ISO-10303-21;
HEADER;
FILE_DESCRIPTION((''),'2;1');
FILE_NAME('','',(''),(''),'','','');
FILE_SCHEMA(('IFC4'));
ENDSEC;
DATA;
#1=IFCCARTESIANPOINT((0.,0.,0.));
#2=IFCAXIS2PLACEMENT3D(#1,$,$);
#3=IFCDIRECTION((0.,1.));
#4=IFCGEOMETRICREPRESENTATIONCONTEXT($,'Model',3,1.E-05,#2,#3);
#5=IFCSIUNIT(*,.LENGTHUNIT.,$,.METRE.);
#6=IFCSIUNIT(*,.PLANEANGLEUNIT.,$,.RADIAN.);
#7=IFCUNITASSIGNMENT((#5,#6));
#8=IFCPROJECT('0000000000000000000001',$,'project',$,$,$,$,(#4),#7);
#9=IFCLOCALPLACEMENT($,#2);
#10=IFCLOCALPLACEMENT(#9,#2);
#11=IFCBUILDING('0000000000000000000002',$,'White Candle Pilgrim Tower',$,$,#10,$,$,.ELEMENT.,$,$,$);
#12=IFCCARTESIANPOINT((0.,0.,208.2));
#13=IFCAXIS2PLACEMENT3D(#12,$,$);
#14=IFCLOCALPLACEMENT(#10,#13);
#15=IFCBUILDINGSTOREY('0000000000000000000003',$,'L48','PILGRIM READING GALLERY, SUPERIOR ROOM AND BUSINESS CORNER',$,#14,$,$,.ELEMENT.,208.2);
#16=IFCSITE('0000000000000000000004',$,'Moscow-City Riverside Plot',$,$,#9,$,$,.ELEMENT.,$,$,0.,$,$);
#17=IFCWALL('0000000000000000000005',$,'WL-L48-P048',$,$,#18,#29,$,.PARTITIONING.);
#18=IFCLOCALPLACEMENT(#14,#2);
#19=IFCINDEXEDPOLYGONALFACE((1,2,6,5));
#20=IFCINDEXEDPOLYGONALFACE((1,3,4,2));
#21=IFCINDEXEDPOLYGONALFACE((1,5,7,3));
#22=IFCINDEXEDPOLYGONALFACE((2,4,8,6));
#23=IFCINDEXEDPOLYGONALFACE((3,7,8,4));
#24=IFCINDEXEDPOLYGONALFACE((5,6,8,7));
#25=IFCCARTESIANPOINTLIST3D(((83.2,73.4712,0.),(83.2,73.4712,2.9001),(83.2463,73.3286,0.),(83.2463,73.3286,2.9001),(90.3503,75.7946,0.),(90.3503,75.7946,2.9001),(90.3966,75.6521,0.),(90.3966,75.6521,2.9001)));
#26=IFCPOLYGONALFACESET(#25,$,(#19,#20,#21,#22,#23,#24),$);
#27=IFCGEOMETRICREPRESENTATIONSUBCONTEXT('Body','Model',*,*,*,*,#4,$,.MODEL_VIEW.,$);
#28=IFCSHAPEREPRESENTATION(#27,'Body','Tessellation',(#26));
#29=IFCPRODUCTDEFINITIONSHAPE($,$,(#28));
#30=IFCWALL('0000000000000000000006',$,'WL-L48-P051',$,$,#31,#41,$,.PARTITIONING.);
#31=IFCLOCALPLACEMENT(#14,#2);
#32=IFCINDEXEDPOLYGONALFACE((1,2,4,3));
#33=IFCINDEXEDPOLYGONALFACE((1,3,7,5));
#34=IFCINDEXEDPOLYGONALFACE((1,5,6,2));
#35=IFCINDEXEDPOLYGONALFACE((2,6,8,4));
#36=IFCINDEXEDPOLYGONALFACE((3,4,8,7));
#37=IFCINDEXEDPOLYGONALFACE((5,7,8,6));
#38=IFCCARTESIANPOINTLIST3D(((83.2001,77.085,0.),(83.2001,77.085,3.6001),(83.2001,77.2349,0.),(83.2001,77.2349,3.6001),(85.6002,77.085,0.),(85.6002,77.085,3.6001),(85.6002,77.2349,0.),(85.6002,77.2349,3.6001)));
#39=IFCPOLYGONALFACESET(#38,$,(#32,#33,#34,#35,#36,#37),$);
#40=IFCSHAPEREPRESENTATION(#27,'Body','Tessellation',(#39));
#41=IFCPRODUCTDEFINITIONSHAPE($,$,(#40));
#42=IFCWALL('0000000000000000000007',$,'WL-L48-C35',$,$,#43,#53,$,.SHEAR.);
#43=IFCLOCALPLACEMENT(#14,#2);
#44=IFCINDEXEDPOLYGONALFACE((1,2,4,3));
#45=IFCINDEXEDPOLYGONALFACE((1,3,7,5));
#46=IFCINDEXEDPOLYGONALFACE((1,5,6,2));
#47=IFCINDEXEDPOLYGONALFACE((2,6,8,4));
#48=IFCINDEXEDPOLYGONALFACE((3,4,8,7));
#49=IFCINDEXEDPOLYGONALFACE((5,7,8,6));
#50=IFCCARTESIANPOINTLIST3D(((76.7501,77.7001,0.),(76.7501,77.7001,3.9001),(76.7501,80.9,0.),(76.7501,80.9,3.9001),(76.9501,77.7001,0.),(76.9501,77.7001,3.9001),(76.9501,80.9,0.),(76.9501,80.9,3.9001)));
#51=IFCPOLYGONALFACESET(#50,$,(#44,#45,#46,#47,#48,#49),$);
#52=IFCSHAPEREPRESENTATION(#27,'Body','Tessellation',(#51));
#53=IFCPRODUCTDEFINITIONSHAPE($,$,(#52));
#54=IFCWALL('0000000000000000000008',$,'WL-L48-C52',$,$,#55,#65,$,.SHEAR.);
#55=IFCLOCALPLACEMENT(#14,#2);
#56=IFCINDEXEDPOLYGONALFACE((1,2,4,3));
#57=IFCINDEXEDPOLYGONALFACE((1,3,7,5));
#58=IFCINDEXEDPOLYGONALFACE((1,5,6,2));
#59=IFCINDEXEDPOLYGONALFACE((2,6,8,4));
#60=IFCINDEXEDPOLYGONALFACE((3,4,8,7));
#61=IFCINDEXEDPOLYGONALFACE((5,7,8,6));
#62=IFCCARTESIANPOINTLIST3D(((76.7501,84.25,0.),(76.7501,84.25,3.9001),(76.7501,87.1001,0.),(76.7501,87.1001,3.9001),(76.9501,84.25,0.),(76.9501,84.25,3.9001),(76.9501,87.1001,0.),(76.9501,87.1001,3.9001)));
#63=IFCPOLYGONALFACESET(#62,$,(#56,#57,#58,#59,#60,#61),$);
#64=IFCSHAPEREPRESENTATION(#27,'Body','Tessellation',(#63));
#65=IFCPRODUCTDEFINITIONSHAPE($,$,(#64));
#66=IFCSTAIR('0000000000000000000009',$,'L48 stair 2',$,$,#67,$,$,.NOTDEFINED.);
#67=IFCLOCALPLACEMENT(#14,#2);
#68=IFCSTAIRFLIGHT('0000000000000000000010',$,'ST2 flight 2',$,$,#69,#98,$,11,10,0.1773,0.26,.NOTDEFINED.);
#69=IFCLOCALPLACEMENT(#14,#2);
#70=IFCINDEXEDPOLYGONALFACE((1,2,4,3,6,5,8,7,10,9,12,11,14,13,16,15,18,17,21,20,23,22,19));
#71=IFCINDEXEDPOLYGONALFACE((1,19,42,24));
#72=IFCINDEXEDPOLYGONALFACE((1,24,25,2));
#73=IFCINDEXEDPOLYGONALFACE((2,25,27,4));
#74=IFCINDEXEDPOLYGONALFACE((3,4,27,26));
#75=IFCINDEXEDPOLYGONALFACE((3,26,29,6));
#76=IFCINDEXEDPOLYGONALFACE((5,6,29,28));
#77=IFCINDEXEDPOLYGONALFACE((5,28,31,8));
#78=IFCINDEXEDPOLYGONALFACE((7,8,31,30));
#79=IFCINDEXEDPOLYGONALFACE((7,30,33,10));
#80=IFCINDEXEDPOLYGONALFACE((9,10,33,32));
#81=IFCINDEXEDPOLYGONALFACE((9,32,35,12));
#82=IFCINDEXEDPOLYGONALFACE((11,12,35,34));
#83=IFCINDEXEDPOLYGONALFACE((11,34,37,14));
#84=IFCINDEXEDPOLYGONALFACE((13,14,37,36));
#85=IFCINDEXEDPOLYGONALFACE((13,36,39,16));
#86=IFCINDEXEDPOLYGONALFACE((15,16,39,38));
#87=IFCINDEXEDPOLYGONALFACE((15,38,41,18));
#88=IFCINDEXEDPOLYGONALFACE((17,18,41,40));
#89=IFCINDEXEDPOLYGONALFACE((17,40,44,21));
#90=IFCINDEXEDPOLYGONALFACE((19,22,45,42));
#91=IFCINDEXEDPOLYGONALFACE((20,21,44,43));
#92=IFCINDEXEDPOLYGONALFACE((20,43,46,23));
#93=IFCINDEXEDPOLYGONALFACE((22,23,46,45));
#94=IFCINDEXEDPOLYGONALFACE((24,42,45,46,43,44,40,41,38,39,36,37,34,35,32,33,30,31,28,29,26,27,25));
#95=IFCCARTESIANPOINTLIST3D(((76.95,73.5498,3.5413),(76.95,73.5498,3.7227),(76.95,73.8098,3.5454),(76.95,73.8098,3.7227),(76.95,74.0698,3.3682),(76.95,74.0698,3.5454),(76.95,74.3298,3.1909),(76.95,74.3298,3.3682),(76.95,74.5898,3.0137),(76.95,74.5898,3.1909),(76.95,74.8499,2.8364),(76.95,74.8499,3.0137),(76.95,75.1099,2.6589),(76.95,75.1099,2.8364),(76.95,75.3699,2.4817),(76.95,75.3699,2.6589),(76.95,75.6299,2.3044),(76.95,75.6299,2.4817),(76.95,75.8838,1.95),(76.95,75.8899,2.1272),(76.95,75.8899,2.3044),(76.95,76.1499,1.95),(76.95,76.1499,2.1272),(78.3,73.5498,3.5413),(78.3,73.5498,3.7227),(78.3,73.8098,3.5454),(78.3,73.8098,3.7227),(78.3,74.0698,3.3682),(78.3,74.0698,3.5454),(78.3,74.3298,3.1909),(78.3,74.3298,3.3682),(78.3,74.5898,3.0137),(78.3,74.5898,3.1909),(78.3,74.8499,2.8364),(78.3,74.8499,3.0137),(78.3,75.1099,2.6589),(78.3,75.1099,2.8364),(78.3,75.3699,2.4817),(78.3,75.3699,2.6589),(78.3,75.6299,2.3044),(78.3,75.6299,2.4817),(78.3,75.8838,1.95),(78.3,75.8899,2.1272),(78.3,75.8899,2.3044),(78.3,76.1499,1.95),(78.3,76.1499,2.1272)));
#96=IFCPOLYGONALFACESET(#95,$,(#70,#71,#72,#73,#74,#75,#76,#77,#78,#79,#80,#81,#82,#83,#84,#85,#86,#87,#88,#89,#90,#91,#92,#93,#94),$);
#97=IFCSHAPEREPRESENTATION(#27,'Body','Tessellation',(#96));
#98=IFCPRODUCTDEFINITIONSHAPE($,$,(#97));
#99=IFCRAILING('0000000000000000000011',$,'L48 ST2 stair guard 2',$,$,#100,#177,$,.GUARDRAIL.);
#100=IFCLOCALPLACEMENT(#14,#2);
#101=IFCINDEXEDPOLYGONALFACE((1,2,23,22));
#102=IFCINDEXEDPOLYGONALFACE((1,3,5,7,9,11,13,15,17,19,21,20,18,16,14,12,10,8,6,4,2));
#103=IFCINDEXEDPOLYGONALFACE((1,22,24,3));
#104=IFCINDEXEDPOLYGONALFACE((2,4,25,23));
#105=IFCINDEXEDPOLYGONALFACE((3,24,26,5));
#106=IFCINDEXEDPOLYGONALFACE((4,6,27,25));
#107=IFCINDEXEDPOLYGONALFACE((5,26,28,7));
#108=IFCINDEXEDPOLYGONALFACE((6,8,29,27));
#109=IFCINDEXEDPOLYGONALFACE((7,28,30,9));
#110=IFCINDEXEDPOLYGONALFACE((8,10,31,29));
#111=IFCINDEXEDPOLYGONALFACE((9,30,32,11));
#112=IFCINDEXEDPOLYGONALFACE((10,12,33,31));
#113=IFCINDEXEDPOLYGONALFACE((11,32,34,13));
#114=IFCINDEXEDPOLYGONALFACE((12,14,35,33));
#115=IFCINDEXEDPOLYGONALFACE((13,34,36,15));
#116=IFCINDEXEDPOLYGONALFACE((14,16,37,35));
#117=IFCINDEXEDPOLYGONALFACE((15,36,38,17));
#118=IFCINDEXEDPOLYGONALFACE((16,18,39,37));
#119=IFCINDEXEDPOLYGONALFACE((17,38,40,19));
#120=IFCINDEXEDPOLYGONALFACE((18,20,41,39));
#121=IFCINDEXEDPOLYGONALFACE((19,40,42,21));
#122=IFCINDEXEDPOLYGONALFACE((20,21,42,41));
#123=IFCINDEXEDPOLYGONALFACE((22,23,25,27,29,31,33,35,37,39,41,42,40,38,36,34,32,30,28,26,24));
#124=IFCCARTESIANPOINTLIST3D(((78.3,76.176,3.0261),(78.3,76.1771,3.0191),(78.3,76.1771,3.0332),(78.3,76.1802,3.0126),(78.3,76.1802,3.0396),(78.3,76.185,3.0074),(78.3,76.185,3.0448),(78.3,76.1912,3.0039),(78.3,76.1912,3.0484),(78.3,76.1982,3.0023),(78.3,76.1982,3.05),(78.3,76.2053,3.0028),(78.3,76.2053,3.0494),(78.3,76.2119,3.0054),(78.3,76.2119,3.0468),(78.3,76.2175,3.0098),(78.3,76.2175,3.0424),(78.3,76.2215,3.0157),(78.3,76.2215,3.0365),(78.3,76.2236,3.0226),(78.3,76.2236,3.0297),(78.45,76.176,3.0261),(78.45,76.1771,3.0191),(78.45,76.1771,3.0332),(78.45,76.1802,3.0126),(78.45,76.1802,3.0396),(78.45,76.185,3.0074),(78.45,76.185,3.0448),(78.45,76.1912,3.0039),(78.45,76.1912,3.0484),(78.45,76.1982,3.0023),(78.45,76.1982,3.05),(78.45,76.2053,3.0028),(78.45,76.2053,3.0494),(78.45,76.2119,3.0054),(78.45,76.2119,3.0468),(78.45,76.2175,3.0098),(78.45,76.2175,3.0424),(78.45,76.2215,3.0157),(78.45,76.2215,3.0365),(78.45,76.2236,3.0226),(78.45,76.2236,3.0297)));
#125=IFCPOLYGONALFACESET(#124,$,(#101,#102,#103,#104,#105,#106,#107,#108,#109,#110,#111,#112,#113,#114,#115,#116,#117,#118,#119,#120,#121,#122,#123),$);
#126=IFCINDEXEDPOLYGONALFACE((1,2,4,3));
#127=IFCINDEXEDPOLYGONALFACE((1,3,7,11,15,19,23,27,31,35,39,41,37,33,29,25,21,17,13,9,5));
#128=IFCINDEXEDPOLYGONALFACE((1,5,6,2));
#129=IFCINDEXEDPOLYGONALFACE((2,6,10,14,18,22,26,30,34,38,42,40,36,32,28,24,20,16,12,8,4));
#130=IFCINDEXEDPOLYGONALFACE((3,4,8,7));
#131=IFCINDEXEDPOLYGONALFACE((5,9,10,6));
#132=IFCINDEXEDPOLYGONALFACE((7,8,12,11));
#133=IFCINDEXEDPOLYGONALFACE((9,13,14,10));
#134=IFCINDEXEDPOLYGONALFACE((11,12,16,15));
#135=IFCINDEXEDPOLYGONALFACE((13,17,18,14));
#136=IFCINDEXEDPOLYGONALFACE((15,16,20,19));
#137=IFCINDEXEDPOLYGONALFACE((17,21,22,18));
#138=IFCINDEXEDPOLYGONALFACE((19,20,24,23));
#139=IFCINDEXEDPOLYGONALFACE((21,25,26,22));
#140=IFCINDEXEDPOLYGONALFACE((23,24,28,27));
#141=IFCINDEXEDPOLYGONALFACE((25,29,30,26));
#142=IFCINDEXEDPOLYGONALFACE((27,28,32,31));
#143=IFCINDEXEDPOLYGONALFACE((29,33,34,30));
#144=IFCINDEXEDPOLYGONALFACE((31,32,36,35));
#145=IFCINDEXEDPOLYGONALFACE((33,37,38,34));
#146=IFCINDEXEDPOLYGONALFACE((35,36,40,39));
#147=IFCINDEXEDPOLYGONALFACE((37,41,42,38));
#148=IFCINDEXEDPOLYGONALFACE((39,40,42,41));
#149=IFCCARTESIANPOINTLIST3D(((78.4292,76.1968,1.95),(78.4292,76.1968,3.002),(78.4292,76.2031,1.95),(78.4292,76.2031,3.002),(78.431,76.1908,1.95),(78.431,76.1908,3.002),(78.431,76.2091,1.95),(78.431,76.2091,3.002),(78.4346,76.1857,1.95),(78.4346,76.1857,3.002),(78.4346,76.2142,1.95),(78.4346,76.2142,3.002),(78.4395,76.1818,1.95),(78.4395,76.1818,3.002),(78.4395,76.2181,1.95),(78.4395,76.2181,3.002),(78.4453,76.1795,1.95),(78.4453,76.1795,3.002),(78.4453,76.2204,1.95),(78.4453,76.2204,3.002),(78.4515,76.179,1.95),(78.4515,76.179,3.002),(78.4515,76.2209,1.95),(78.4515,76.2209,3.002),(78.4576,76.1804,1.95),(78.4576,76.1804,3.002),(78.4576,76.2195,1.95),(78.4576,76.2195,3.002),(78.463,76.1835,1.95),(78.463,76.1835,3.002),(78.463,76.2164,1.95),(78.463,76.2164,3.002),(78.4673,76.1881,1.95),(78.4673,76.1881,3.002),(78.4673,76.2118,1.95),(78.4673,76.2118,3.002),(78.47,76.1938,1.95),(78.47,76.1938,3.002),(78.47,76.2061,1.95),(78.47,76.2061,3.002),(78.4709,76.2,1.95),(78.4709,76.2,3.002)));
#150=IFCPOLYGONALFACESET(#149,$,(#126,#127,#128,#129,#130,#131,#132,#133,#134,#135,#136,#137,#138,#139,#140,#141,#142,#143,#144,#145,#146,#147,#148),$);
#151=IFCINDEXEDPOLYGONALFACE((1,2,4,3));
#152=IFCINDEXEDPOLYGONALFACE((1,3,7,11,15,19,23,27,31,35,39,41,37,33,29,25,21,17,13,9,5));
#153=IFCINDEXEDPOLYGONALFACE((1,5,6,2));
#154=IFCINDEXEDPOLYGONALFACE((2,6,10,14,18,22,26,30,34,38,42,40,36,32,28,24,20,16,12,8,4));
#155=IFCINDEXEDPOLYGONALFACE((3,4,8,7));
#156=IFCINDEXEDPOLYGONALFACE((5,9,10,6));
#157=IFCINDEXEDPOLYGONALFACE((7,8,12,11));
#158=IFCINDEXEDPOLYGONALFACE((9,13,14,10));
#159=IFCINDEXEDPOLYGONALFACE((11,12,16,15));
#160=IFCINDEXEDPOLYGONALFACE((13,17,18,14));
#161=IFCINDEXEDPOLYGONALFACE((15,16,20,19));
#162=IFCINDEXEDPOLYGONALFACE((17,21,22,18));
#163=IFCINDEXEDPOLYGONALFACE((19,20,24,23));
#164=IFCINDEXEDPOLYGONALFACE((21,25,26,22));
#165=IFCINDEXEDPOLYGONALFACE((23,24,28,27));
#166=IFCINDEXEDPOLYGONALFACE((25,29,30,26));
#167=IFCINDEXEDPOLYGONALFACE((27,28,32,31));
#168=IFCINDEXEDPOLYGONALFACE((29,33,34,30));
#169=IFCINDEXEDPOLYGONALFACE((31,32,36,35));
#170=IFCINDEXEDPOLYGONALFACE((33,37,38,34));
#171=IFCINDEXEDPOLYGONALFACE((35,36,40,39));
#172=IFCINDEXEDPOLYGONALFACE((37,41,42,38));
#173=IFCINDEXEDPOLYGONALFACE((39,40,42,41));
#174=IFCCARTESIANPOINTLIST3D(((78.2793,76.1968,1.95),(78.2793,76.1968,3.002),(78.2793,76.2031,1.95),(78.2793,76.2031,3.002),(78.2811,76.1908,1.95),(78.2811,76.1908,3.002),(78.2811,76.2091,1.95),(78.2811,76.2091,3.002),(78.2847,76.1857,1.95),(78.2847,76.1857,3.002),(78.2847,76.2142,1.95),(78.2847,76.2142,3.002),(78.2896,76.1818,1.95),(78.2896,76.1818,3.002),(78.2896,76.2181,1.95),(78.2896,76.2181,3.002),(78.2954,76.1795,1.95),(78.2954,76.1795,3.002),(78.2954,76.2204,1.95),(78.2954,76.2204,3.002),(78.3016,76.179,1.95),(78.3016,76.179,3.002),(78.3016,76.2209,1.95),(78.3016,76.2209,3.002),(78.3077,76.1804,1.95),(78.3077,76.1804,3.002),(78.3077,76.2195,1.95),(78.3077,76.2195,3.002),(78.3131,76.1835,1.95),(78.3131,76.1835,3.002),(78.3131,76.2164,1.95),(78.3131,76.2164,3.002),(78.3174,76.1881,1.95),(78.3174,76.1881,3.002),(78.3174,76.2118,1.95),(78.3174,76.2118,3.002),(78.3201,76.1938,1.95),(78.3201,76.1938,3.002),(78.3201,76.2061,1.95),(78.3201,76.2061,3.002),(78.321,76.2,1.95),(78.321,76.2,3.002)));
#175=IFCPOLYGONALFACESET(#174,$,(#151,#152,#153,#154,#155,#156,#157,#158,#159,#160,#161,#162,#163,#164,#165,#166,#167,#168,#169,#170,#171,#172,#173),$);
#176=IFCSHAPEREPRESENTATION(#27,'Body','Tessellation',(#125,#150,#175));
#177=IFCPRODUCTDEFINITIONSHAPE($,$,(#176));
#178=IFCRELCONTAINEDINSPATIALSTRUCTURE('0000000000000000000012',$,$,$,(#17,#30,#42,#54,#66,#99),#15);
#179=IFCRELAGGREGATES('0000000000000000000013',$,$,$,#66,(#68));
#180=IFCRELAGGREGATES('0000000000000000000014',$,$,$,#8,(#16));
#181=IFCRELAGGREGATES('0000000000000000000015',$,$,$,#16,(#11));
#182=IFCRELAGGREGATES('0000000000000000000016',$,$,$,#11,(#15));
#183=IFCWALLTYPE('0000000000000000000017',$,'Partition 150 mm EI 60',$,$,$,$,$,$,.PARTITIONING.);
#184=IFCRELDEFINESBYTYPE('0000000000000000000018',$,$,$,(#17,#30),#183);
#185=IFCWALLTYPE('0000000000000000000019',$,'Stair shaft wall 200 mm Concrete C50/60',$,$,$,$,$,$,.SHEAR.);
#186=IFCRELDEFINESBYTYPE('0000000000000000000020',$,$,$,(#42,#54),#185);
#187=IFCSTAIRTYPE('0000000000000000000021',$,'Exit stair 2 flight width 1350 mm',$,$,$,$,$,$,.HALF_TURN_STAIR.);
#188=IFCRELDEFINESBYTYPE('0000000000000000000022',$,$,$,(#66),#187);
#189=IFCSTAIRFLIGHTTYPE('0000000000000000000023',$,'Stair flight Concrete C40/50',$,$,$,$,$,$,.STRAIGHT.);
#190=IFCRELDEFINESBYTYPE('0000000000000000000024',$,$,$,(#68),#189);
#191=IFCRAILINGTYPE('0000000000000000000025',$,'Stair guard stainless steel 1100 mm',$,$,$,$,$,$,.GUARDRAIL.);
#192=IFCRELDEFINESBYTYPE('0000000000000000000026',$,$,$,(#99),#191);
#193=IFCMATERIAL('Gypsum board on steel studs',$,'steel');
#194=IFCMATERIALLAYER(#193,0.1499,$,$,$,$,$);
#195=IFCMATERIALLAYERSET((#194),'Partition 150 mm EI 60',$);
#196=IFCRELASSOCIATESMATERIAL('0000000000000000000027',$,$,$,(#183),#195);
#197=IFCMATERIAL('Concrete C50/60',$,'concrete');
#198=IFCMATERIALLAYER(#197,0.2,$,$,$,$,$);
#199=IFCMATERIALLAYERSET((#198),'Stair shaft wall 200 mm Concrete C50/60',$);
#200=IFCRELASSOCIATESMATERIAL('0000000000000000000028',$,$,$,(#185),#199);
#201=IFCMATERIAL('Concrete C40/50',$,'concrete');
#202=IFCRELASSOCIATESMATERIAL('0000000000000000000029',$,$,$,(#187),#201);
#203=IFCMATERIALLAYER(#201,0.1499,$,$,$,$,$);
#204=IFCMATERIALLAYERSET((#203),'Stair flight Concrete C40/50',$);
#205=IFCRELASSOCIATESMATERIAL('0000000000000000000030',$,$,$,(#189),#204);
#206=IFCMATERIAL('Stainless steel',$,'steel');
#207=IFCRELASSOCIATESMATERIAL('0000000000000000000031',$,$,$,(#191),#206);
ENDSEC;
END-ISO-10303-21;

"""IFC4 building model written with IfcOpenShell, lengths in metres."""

from ifc_helpers import new_model, si_unit, direction, frame, frame_2d, origin, origin_2d, place, context, subcontext, project, spatial, polyline, rectangle, circle, outline, extrude, material, layer, layer_set, type_object, element, aggregate, save


model = new_model("IFC4")

# Units and contexts
model_context = context("Model", 3, precision=1e-05, world=origin(), true_north=direction((0.0, 1.0)))
body_context = subcontext(model_context, "Body", "Model", "MODEL_VIEW")
ifc_project = project(units=[si_unit("LENGTHUNIT", "METRE"), si_unit("PLANEANGLEUNIT", "RADIAN")], contexts=[model_context])

# Site, building, storey
site_placement = place(None, origin())
site = spatial("IfcSite", under=ifc_project, at=site_placement, Name="Moscow-City Riverside Plot", CompositionType="ELEMENT", RefElevation=0.0)
building_placement = place(site_placement, origin())
building = spatial("IfcBuilding", under=site, at=building_placement, Name="White Candle Pilgrim Tower", CompositionType="ELEMENT")
storey_placement = place(building_placement, frame((0.0, 0.0, 208.2)))
storey = spatial("IfcBuildingStorey", under=building, at=storey_placement, Name="L48", Description="PILGRIM READING GALLERY, SUPERIOR ROOM AND BUSINESS CORNER", CompositionType="ELEMENT", Elevation=208.2)

# Shared definitions
ifc_material_1 = material(Name="Concrete C50/60", Category="concrete")

# Shared definitions
ifc_material_2 = material(Name="Gypsum board on steel studs", Category="steel")

# Walls
ifc_layer_1 = layer(ifc_material_2, 0.1499)
ifc_layer_set_1 = layer_set([ifc_layer_1], Name="Partition 150 mm EI 60")
wall_type_1 = type_object("IfcWallType", Name="Partition 150 mm EI 60", PredefinedType="PARTITIONING", material=ifc_layer_set_1)
wall_1_placement = place(storey_placement, frame((90.3735, 75.7234, 0.0), z_axis=(0.0, 0.0, 1.0), x_axis=(-0.951049, -0.309039, 0.0)))
element("IfcWall", 1, at=wall_1_placement, inside=storey, type_object=wall_type_1, Name="WL-L48-P048", PredefinedType="PARTITIONING", context=body_context, shape_type="SweptSolid", body=[
    extrude(rectangle(XDim=7.5183, YDim=0.1499, at=frame_2d((3.7593, 0.0))), origin(), (0.0, 0.0, 1.0), 2.9001),
])
wall_2_placement = place(storey_placement, frame((83.2, 77.1599, 0.0), z_axis=(0.0, 0.0, 1.0), x_axis=(1.0, 0.0, 0.0)))
element("IfcWall", 2, at=wall_2_placement, inside=storey, type_object=wall_type_1, Name="WL-L48-P051", PredefinedType="PARTITIONING", context=body_context, shape_type="SweptSolid", body=[
    extrude(rectangle(XDim=2.4001, YDim=0.1499, at=frame_2d((1.2002, 0.0))), origin(), (0.0, 0.0, 1.0), 3.6001),
])
ifc_layer_2 = layer(ifc_material_1, 0.2)
ifc_layer_set_2 = layer_set([ifc_layer_2], Name="Stair shaft wall 200 mm Concrete C50/60")
wall_type_2 = type_object("IfcWallType", Name="Stair shaft wall 200 mm Concrete C50/60", PredefinedType="SHEAR", material=ifc_layer_set_2)
wall_3_placement = place(storey_placement, frame((76.8501, 77.7, 0.0), z_axis=(0.0, 0.0, 1.0), x_axis=(0.0, 1.0, 0.0)))
element("IfcWall", 3, at=wall_3_placement, inside=storey, type_object=wall_type_2, Name="WL-L48-C35", PredefinedType="SHEAR", context=body_context, shape_type="SweptSolid", body=[
    extrude(rectangle(XDim=3.2, YDim=0.2, at=frame_2d((1.6001, 0.0))), origin(), (0.0, 0.0, 1.0), 3.9001),
])
wall_4_placement = place(storey_placement, frame((76.8501, 84.25, 0.0), z_axis=(0.0, 0.0, 1.0), x_axis=(0.0, 1.0, 0.0)))
element("IfcWall", 4, at=wall_4_placement, inside=storey, type_object=wall_type_2, Name="WL-L48-C52", PredefinedType="SHEAR", context=body_context, shape_type="SweptSolid", body=[
    extrude(rectangle(XDim=2.8501, YDim=0.2, at=frame_2d((1.425, 0.0))), origin(), (0.0, 0.0, 1.0), 3.9001),
])

# Stair, stair flight
ifc_material_3 = material(Name="Concrete C40/50", Category="concrete")
stair_type = type_object("IfcStairType", Name="Exit stair 2 flight width 1350 mm", PredefinedType="HALF_TURN_STAIR", material=ifc_material_3)
stair_placement = place(storey_placement, origin())
stair = element("IfcStair", 5, at=stair_placement, inside=storey, type_object=stair_type, Name="L48 stair 2", PredefinedType="NOTDEFINED")
ifc_layer_3 = layer(ifc_material_3, 0.1499)
ifc_layer_set_3 = layer_set([ifc_layer_3], Name="Stair flight Concrete C40/50")
stair_flight_type = type_object("IfcStairFlightType", Name="Stair flight Concrete C40/50", PredefinedType="STRAIGHT", material=ifc_layer_set_3)
stair_flight_placement = place(storey_placement, frame((77.625, 76.1499, 1.95), z_axis=(0.0, 0.0, 1.0), x_axis=(0.0, -1.0, 0.0)))
stair_flight = element("IfcStairFlight", 6, at=stair_flight_placement, type_object=stair_flight_type, Name="ST2 flight 2", NumberOfRisers=11, NumberOfTreads=10, PredefinedType="NOTDEFINED", RiserHeight=0.1773, TreadLength=0.26, context=body_context, shape_type="SweptSolid", body=[
    extrude(outline(polyline([(0.0, 0.0), (0.0, 0.1772), (0.26, 0.1772), (0.26, 0.3545), (0.52, 0.3545), (0.52, 0.5317), (0.78, 0.5317), (0.78, 0.709), (1.04, 0.709), (1.04, 0.8865), (1.3, 0.8865), (1.3, 1.0637), (1.5601, 1.0637), (1.5601, 1.241), (1.8201, 1.241), (1.8201, 1.4182), (2.0801, 1.4182), (2.0801, 1.5955), (2.3401, 1.5955), (2.3401, 1.7727), (2.6001, 1.7727), (2.6001, 1.95), (2.6001, 1.5913), (0.2661, 0.0), (0.0, 0.0)])), frame((0.0, 0.675, 0.0), z_axis=(0.0, -1.0, 0.0), x_axis=(1.0, 0.0, 0.0)), (0.0, 0.0, 1.0), 1.3501),
])
aggregate(stair, [stair_flight])

# Railing
ifc_material_4 = material(Name="Stainless steel", Category="steel")
railing_type_1 = type_object("IfcRailingType", Name="Stair guard stainless steel 1100 mm", PredefinedType="GUARDRAIL", material=ifc_material_4)
railing_1_placement = place(storey_placement, frame((78.45, 76.2, 1.95)))
element("IfcRailing", 7, at=railing_1_placement, inside=storey, type_object=railing_type_1, Name="L48 ST2 stair guard 2", PredefinedType="GUARDRAIL", context=body_context, shape_type="SweptSolid", body=[
    extrude(circle(Radius=0.0239, at=origin_2d()), frame((0.0, 0.0, 1.0762), z_axis=(-1.0, 0.0, 0.0), x_axis=(0.0, -1.0, 0.0)), (0.0, 0.0, 1.0), 0.1499),
    extrude(circle(Radius=0.021, at=origin_2d()), origin(), (0.0, 0.0, 1.0), 1.052),
    extrude(circle(Radius=0.021, at=origin_2d()), frame((-0.1499, 0.0, 0.0)), (0.0, 0.0, 1.0), 1.052),
])

save(model, "model.ifc")
